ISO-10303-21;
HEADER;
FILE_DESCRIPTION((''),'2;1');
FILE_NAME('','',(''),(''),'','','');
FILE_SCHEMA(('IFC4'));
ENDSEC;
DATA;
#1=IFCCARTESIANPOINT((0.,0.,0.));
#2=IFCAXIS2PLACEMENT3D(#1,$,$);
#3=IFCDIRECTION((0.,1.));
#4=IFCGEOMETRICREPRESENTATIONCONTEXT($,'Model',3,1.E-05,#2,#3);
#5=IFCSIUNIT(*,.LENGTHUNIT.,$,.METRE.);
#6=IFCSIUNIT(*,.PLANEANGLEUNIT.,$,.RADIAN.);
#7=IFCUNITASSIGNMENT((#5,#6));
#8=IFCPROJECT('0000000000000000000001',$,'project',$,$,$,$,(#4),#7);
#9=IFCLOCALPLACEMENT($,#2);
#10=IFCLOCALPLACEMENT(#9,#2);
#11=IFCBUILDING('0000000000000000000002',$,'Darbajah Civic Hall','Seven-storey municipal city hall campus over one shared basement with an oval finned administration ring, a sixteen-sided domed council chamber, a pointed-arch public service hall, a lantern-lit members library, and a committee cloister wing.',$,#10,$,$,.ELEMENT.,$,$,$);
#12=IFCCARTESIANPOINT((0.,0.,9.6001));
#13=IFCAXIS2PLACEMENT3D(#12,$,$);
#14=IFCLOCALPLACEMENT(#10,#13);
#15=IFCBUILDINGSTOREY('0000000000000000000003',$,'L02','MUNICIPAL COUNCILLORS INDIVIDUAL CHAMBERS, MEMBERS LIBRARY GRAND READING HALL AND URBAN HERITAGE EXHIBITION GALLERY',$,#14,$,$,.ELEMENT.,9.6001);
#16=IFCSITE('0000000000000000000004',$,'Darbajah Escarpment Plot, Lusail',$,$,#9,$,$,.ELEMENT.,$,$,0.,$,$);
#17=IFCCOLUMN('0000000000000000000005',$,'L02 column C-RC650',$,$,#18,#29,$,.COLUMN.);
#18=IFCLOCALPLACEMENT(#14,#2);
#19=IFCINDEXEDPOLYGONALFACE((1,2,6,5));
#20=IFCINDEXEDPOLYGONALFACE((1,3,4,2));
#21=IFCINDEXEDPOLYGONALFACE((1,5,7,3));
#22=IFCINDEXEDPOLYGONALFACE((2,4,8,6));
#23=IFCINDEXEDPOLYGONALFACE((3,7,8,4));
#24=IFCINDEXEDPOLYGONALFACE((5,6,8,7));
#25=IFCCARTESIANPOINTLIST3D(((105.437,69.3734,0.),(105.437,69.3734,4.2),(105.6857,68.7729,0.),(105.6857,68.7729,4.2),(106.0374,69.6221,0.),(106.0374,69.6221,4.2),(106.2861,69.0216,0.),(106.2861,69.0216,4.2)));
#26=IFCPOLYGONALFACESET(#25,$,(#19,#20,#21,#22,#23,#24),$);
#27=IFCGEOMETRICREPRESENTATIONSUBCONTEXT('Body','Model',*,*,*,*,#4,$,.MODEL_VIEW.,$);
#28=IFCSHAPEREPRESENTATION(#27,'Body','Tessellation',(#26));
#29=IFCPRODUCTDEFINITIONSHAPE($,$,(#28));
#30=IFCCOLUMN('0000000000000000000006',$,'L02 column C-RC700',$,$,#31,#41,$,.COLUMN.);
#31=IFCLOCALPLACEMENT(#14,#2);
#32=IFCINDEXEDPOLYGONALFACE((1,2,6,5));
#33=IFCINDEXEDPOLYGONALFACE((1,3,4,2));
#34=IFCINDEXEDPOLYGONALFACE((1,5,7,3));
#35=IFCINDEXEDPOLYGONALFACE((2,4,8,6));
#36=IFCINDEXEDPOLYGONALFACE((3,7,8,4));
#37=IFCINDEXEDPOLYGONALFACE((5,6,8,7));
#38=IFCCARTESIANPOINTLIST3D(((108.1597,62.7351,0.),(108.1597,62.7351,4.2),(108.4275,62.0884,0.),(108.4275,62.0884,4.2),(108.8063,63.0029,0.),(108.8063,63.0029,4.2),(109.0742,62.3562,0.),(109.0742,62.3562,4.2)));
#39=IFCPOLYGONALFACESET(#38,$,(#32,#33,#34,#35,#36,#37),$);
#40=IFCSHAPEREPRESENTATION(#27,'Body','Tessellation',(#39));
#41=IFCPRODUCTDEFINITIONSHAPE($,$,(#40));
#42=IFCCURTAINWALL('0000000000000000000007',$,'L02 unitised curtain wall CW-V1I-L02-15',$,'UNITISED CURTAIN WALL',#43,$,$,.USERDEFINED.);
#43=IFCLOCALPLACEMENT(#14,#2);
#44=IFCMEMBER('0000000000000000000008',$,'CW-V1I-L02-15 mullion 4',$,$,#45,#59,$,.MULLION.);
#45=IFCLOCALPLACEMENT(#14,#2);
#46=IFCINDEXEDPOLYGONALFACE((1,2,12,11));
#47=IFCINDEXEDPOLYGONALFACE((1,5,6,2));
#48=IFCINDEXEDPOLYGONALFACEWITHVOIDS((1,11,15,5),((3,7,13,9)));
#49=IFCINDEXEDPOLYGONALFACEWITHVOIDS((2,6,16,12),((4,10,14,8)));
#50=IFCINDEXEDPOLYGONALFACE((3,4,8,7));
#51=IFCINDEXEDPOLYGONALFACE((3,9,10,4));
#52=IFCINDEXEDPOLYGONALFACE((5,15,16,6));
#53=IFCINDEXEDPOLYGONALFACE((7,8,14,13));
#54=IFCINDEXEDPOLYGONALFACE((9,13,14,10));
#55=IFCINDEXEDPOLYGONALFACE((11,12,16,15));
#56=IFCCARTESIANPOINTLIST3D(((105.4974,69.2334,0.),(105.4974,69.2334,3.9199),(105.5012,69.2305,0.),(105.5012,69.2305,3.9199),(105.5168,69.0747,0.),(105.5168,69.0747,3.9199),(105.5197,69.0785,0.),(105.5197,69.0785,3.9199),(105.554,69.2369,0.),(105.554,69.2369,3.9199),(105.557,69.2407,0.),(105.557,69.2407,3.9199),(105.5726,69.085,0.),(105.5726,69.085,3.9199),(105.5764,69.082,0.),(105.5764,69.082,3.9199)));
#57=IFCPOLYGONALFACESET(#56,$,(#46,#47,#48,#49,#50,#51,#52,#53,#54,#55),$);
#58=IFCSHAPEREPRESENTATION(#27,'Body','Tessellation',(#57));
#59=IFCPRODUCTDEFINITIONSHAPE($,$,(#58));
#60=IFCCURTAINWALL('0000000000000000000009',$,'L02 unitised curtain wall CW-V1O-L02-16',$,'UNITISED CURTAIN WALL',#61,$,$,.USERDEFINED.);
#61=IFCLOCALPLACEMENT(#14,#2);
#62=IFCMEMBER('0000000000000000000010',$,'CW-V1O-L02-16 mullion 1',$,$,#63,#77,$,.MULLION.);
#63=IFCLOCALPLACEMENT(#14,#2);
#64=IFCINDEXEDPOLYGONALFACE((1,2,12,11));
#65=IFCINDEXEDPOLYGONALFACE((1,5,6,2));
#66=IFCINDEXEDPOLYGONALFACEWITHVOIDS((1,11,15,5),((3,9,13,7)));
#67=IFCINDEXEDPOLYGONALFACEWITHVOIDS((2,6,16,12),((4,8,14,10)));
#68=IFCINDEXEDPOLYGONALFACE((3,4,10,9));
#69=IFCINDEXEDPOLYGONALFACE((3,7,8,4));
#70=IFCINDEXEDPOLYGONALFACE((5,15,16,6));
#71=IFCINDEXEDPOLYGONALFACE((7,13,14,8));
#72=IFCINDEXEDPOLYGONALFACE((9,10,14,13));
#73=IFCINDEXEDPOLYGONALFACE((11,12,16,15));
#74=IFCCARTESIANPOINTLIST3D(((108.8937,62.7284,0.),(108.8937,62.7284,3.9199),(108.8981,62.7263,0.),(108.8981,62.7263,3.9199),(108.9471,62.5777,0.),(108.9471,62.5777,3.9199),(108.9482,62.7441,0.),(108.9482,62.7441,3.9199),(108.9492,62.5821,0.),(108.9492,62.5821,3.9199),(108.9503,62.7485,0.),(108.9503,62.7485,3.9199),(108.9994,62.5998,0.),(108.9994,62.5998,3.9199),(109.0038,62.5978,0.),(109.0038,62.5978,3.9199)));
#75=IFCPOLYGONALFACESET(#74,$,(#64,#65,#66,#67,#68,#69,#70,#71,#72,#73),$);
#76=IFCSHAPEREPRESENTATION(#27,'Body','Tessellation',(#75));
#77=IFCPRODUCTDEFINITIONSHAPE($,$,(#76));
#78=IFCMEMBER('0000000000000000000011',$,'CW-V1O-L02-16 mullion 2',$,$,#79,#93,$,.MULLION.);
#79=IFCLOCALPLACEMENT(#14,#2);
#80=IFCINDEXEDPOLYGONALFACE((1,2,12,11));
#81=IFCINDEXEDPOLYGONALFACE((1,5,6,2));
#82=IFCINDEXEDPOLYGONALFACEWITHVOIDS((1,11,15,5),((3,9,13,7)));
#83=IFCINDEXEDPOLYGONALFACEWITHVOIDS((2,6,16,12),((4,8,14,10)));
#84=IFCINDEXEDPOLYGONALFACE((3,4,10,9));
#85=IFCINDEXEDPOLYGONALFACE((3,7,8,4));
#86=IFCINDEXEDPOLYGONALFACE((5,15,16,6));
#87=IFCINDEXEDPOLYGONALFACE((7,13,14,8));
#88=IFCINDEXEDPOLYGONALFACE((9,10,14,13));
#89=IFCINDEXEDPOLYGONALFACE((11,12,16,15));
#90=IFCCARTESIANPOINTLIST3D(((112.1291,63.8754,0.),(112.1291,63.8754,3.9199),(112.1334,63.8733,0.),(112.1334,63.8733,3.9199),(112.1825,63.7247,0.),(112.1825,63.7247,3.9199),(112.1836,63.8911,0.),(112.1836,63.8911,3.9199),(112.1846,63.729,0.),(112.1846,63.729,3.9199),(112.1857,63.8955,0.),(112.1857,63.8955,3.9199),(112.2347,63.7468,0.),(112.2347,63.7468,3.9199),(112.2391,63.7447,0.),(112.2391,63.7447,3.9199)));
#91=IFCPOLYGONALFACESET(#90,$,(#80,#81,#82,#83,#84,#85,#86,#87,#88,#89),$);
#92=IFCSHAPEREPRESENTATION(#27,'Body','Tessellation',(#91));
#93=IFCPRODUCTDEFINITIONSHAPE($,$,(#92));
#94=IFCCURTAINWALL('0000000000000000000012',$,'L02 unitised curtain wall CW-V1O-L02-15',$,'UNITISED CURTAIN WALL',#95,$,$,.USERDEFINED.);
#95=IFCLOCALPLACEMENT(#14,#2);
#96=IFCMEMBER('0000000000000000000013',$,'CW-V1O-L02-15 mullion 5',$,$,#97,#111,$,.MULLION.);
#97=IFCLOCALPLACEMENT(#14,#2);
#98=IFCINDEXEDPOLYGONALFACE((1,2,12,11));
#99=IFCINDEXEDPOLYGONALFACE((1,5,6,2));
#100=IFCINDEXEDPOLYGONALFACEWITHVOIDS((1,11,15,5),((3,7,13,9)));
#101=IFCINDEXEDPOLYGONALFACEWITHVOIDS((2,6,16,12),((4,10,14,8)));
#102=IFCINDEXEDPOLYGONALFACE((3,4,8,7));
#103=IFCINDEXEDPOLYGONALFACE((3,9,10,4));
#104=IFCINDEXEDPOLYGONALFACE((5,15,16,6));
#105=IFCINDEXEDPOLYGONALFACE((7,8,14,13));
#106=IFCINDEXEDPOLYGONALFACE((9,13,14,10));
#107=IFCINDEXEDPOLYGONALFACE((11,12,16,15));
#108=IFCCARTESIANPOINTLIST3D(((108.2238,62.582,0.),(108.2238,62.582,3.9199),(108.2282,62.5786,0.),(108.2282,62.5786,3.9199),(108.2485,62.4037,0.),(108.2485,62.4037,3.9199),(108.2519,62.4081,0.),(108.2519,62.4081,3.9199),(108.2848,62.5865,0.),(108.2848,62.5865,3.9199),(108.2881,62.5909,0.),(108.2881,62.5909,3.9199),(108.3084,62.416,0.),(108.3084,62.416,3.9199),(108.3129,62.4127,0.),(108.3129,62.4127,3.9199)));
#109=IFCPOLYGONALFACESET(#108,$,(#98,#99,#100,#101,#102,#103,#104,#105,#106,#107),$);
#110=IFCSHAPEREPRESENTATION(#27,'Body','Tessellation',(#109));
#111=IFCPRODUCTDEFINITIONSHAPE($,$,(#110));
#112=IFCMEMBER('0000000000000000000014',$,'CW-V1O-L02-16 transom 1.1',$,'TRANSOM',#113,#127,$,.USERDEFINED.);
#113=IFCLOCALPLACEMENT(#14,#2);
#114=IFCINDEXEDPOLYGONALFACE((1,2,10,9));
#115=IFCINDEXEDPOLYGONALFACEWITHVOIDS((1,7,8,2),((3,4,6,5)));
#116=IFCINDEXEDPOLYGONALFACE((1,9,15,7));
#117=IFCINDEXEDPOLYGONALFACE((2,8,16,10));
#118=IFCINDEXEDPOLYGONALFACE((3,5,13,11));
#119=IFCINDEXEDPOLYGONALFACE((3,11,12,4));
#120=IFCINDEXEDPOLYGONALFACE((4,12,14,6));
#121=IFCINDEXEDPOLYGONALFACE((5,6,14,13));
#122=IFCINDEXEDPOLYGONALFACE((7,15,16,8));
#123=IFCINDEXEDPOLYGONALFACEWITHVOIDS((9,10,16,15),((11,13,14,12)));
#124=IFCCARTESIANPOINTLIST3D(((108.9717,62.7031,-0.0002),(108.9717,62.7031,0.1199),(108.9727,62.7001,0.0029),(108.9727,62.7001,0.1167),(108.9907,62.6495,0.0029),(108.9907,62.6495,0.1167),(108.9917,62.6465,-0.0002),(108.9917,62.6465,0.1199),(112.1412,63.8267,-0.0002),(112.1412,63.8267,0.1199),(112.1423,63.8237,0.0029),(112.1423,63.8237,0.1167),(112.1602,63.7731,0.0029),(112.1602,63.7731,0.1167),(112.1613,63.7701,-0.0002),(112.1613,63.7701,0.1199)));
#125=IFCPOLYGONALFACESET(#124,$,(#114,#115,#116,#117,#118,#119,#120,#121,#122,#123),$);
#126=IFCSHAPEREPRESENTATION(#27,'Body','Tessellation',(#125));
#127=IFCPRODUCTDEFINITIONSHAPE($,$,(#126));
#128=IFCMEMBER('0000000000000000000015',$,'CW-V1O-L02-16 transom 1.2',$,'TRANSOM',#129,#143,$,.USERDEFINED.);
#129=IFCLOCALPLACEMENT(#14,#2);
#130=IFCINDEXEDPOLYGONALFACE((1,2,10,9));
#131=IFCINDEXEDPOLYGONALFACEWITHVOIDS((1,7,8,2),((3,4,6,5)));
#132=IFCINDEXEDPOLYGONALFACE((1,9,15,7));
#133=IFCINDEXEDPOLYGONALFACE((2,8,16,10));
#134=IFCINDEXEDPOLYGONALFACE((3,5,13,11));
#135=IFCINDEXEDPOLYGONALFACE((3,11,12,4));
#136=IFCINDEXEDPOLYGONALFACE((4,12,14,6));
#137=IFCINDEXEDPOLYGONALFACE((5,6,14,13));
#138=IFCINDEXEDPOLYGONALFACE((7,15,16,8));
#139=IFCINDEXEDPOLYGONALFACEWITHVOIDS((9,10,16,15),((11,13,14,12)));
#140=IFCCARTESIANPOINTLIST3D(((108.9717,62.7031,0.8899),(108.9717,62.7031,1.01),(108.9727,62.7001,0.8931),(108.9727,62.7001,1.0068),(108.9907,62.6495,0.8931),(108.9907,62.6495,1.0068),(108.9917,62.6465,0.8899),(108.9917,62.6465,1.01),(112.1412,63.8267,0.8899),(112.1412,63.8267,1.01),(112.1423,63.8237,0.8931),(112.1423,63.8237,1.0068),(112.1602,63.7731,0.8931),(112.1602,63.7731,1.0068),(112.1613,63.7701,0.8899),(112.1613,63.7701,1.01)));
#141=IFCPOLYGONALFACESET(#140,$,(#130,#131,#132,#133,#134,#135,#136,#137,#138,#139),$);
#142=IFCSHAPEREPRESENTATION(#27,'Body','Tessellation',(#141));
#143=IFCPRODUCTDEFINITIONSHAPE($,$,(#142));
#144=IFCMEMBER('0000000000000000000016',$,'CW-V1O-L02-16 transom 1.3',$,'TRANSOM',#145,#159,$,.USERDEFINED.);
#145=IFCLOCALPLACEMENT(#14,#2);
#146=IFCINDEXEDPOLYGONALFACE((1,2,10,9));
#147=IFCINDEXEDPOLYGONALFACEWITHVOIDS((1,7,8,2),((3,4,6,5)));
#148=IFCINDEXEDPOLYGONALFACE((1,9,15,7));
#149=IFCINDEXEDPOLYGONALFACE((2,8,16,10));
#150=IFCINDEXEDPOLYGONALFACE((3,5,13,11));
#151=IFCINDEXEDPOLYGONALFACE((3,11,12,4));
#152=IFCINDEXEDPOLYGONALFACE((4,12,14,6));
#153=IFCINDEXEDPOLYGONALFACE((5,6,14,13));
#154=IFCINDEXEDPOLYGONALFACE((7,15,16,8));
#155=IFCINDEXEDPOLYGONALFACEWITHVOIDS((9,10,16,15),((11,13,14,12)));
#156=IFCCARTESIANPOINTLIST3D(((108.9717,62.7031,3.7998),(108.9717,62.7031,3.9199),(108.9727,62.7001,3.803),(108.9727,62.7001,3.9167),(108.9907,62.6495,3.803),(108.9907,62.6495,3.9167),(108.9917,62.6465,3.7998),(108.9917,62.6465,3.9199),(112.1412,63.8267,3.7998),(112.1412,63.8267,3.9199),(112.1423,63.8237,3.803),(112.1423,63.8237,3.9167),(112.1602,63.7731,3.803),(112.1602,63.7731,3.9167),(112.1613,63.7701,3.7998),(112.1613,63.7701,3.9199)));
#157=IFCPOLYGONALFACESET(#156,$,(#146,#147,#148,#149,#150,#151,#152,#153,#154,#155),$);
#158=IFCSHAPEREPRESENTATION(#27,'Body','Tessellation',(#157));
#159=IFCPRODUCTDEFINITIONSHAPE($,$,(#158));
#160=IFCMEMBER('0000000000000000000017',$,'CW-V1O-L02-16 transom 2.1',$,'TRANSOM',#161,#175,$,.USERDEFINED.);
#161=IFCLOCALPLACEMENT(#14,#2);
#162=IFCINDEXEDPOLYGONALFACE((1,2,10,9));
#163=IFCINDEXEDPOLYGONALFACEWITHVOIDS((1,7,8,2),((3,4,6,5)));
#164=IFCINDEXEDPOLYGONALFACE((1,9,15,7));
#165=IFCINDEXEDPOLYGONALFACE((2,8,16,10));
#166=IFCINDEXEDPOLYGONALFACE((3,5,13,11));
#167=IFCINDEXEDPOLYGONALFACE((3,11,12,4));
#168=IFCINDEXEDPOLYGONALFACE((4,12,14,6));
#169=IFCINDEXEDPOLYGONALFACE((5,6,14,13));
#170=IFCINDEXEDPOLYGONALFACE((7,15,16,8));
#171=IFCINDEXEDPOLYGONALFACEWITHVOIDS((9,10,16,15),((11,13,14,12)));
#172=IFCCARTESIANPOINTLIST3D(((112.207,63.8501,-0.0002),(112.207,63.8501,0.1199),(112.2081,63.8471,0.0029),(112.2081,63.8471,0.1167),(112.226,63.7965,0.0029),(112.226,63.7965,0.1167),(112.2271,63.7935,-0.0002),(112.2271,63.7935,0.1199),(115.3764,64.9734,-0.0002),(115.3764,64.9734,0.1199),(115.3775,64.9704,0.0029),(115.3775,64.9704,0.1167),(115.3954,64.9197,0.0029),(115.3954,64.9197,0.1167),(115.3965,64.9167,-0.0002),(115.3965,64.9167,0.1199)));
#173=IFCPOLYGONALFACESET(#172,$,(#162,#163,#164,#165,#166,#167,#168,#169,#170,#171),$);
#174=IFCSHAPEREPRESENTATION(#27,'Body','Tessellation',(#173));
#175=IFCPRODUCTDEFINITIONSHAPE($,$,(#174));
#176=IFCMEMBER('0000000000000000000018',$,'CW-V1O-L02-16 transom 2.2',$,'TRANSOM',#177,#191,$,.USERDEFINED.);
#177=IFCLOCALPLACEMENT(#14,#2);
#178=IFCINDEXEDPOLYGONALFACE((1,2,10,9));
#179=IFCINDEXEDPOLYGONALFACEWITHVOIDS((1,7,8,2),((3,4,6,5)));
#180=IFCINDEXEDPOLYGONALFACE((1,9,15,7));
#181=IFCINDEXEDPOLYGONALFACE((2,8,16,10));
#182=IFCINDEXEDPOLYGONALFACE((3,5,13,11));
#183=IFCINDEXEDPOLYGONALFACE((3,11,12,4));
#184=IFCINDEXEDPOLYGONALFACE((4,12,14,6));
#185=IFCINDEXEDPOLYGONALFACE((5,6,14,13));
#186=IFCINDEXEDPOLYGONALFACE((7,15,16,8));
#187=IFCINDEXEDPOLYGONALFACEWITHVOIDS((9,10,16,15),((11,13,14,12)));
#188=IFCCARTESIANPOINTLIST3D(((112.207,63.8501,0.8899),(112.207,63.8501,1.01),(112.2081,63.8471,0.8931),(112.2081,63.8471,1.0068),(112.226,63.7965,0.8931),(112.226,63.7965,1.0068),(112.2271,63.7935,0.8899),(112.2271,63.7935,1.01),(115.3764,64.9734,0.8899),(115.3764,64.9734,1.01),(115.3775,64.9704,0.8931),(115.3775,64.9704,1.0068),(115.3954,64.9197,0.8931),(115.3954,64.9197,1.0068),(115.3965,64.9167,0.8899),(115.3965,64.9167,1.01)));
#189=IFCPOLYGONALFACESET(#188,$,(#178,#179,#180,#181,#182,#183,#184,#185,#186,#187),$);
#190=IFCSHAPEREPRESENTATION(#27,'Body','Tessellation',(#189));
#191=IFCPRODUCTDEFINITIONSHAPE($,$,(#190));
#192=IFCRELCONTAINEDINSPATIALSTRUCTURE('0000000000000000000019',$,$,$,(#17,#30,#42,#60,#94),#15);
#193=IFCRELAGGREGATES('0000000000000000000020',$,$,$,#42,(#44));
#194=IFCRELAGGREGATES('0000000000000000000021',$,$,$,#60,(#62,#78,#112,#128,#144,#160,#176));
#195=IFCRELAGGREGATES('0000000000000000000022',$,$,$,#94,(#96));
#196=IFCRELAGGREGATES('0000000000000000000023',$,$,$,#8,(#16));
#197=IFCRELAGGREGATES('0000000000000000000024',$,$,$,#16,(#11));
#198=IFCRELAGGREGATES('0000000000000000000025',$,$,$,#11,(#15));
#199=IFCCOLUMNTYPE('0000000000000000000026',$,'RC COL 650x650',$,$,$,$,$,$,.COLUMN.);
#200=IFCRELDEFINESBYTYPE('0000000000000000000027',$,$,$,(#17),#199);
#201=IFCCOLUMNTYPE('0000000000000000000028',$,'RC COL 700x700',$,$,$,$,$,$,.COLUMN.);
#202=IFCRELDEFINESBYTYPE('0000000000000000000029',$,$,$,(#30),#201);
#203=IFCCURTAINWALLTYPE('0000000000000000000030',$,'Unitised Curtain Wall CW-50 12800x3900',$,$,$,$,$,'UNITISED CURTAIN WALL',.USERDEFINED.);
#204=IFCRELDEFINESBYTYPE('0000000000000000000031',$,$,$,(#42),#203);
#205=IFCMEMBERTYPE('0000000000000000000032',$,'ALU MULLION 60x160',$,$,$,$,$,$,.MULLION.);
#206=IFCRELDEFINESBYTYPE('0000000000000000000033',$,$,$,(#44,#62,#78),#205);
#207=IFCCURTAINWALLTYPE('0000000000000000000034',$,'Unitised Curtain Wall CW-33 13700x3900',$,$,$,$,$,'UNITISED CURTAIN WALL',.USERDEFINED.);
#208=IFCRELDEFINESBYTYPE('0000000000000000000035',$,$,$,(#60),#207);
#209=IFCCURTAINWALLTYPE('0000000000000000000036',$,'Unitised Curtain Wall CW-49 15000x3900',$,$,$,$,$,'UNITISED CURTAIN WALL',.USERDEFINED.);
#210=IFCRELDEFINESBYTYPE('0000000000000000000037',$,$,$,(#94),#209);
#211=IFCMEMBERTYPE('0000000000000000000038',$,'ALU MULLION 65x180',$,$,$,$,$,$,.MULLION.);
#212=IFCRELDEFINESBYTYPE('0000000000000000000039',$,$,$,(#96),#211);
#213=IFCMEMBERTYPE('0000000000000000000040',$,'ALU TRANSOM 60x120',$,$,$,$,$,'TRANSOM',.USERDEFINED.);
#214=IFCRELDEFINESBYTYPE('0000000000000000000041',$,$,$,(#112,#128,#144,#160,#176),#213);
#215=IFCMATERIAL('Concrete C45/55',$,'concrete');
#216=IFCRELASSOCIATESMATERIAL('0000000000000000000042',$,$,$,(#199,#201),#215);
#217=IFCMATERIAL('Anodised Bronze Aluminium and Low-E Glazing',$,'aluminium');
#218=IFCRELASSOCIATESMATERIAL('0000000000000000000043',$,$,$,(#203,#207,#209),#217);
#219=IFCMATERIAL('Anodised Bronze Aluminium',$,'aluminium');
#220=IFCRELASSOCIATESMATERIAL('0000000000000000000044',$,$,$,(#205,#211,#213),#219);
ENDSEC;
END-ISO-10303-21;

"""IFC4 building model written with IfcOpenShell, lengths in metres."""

from ifc_helpers import new_model, si_unit, direction, frame, origin, origin_2d, place, context, subcontext, project, spatial, rectangle, hollow_rectangle, extrude, material, material_profile, profile_set, type_object, element, aggregate, save


model = new_model("IFC4")

# Units and contexts
model_context = context("Model", 3, precision=1e-05, world=origin(), true_north=direction((0.0, 1.0)))
body_context = subcontext(model_context, "Body", "Model", "MODEL_VIEW")
ifc_project = project(units=[si_unit("LENGTHUNIT", "METRE"), si_unit("PLANEANGLEUNIT", "RADIAN")], contexts=[model_context])

# Site, building, storey
site_placement = place(None, origin())
site = spatial("IfcSite", under=ifc_project, at=site_placement, Name="Darbajah Escarpment Plot, Lusail", CompositionType="ELEMENT", RefElevation=0.0)
building_placement = place(site_placement, origin())
building = spatial("IfcBuilding", under=site, at=building_placement, Name="Darbajah Civic Hall", Description="Seven-storey municipal city hall campus over one shared basement with an oval finned administration ring, a sixteen-sided domed council chamber, a pointed-arch public service hall, a lantern-lit members library, and a committee cloister wing.", CompositionType="ELEMENT")
storey_placement = place(building_placement, frame((0.0, 0.0, 9.6001)))
storey = spatial("IfcBuildingStorey", under=building, at=storey_placement, Name="L02", Description="MUNICIPAL COUNCILLORS INDIVIDUAL CHAMBERS, MEMBERS LIBRARY GRAND READING HALL AND URBAN HERITAGE EXHIBITION GALLERY", CompositionType="ELEMENT", Elevation=9.6001)

# Columns
ifc_material_1 = material(Name="Concrete C45/55", Category="concrete")
ifc_material_profile_1 = material_profile(ifc_material_1, rectangle(XDim=0.6499, YDim=0.6499, at=origin_2d()), Name="RC COL 650x650")
ifc_profile_set_1 = profile_set([ifc_material_profile_1], Name="Concrete C45/55")
column_type_1 = type_object("IfcColumnType", Name="RC COL 650x650", PredefinedType="COLUMN", material=ifc_profile_set_1)
column_1_placement = place(storey_placement, frame((105.8616, 69.1975, 0.0), z_axis=(0.0, 0.0, 1.0), x_axis=(0.382683, -0.92388, 0.0)))
element("IfcColumn", 1, at=column_1_placement, inside=storey, type_object=column_type_1, Name="L02 column C-RC650", PredefinedType="COLUMN", context=body_context, shape_type="SweptSolid", body=[
    extrude(rectangle(XDim=0.6499, YDim=0.6499, at=origin_2d()), origin(), (0.0, 0.0, 1.0), 4.2),
])
ifc_material_profile_2 = material_profile(ifc_material_1, rectangle(XDim=0.7, YDim=0.7, at=origin_2d()), Name="RC COL 700x700")
ifc_profile_set_2 = profile_set([ifc_material_profile_2], Name="Concrete C45/55")
column_type_2 = type_object("IfcColumnType", Name="RC COL 700x700", PredefinedType="COLUMN", material=ifc_profile_set_2)
column_2_placement = place(storey_placement, frame((108.6169, 62.5457, 0.0), z_axis=(0.0, 0.0, 1.0), x_axis=(0.382683, -0.92388, 0.0)))
element("IfcColumn", 2, at=column_2_placement, inside=storey, type_object=column_type_2, Name="L02 column C-RC700", PredefinedType="COLUMN", context=body_context, shape_type="SweptSolid", body=[
    extrude(rectangle(XDim=0.7, YDim=0.7, at=origin_2d()), origin(), (0.0, 0.0, 1.0), 4.2),
])

# Curtain wall, member
ifc_material_2 = material(Name="Anodised Bronze Aluminium and Low-E Glazing", Category="aluminium")
curtain_wall_type_1 = type_object("IfcCurtainWallType", Name="Unitised Curtain Wall CW-50 12800x3900", ElementType="UNITISED CURTAIN WALL", PredefinedType="USERDEFINED", material=ifc_material_2)
curtain_wall_1_placement = place(storey_placement, origin())
curtain_wall_1 = element("IfcCurtainWall", 3, at=curtain_wall_1_placement, inside=storey, type_object=curtain_wall_type_1, Name="L02 unitised curtain wall CW-V1I-L02-15", ObjectType="UNITISED CURTAIN WALL", PredefinedType="USERDEFINED")
ifc_material_3 = material(Name="Anodised Bronze Aluminium", Category="aluminium")
ifc_material_profile_3 = material_profile(ifc_material_3, hollow_rectangle(XDim=0.0601, YDim=0.1599, WallThickness=0.0034, at=origin_2d()), Name="ALU MULLION 60x160")
ifc_profile_set_3 = profile_set([ifc_material_profile_3], Name="Anodised Bronze Aluminium")
member_type_1 = type_object("IfcMemberType", Name="ALU MULLION 60x160", PredefinedType="MULLION", material=ifc_profile_set_3)
member_1_placement = place(storey_placement, frame((105.5369, 69.1577, 0.0), z_axis=(0.0, 0.0, 1.0), x_axis=(0.99261, 0.12135, 0.0)))
member_1 = element("IfcMember", 4, at=member_1_placement, type_object=member_type_1, Name="CW-V1I-L02-15 mullion 4", PredefinedType="MULLION", context=body_context, shape_type="SweptSolid", body=[
    extrude(hollow_rectangle(XDim=0.0601, YDim=0.1599, WallThickness=0.0034, at=origin_2d()), origin(), (0.0, 0.0, 1.0), 3.9199),
])
aggregate(curtain_wall_1, [member_1])

# Curtain wall, members
curtain_wall_type_2 = type_object("IfcCurtainWallType", Name="Unitised Curtain Wall CW-33 13700x3900", ElementType="UNITISED CURTAIN WALL", PredefinedType="USERDEFINED", material=ifc_material_2)
curtain_wall_2_placement = place(storey_placement, origin())
curtain_wall_2 = element("IfcCurtainWall", 5, at=curtain_wall_2_placement, inside=storey, type_object=curtain_wall_type_2, Name="L02 unitised curtain wall CW-V1O-L02-16", ObjectType="UNITISED CURTAIN WALL", PredefinedType="USERDEFINED")
member_2_placement = place(storey_placement, frame((108.9487, 62.6631, 0.0), z_axis=(0.0, 0.0, 1.0), x_axis=(0.942525, 0.334136, 0.0)))
member_2 = element("IfcMember", 6, at=member_2_placement, type_object=member_type_1, Name="CW-V1O-L02-16 mullion 1", PredefinedType="MULLION", context=body_context, shape_type="SweptSolid", body=[
    extrude(hollow_rectangle(XDim=0.0601, YDim=0.1599, WallThickness=0.0034, at=origin_2d()), origin(), (0.0, 0.0, 1.0), 3.9199),
])
member_3_placement = place(storey_placement, frame((112.1841, 63.8101, 0.0), z_axis=(0.0, 0.0, 1.0), x_axis=(0.942525, 0.334136, 0.0)))
member_3 = element("IfcMember", 7, at=member_3_placement, type_object=member_type_1, Name="CW-V1O-L02-16 mullion 2", PredefinedType="MULLION", context=body_context, shape_type="SweptSolid", body=[
    extrude(hollow_rectangle(XDim=0.0601, YDim=0.1599, WallThickness=0.0034, at=origin_2d()), origin(), (0.0, 0.0, 1.0), 3.9199),
])

# Curtain wall, member
curtain_wall_type_3 = type_object("IfcCurtainWallType", Name="Unitised Curtain Wall CW-49 15000x3900", ElementType="UNITISED CURTAIN WALL", PredefinedType="USERDEFINED", material=ifc_material_2)
curtain_wall_3_placement = place(storey_placement, origin())
curtain_wall_3 = element("IfcCurtainWall", 8, at=curtain_wall_3_placement, inside=storey, type_object=curtain_wall_type_3, Name="L02 unitised curtain wall CW-V1O-L02-15", ObjectType="UNITISED CURTAIN WALL", PredefinedType="USERDEFINED")
ifc_material_profile_4 = material_profile(ifc_material_3, hollow_rectangle(XDim=0.0649, YDim=0.1799, WallThickness=0.0039, at=origin_2d()), Name="ALU MULLION 65x180")
ifc_profile_set_4 = profile_set([ifc_material_profile_4], Name="Anodised Bronze Aluminium")
member_type_2 = type_object("IfcMemberType", Name="ALU MULLION 65x180", PredefinedType="MULLION", material=ifc_profile_set_4)
member_4_placement = place(storey_placement, frame((108.2683, 62.4973, 0.0), z_axis=(0.0, 0.0, 1.0), x_axis=(0.990485, 0.137617, 0.0)))
member_4 = element("IfcMember", 9, at=member_4_placement, type_object=member_type_2, Name="CW-V1O-L02-15 mullion 5", PredefinedType="MULLION", context=body_context, shape_type="SweptSolid", body=[
    extrude(hollow_rectangle(XDim=0.0649, YDim=0.1799, WallThickness=0.0039, at=origin_2d()), origin(), (0.0, 0.0, 1.0), 3.9199),
])

# Members
ifc_material_profile_5 = material_profile(ifc_material_3, hollow_rectangle(XDim=0.0601, YDim=0.1201, WallThickness=0.0032, at=origin_2d()), Name="ALU TRANSOM 60x120")
ifc_profile_set_5 = profile_set([ifc_material_profile_5], Name="Anodised Bronze Aluminium")
member_type_3 = type_object("IfcMemberType", Name="ALU TRANSOM 60x120", ElementType="TRANSOM", PredefinedType="USERDEFINED", material=ifc_profile_set_5)
member_5_placement = place(storey_placement, frame((108.9817, 62.6748, 0.0598), z_axis=(0.942531, 0.334119, 0.0), x_axis=(-0.334119, 0.942531, 0.0)))
member_5 = element("IfcMember", 10, at=member_5_placement, type_object=member_type_3, Name="CW-V1O-L02-16 transom 1.1", ObjectType="TRANSOM", PredefinedType="USERDEFINED", context=body_context, shape_type="SweptSolid", body=[
    extrude(hollow_rectangle(XDim=0.0601, YDim=0.1201, WallThickness=0.0032, at=origin_2d()), origin(), (0.0, 0.0, 1.0), 3.3628),
])
member_6_placement = place(storey_placement, frame((108.9817, 62.6748, 0.95), z_axis=(0.942531, 0.334119, 0.0), x_axis=(-0.334119, 0.942531, 0.0)))
member_6 = element("IfcMember", 11, at=member_6_placement, type_object=member_type_3, Name="CW-V1O-L02-16 transom 1.2", ObjectType="TRANSOM", PredefinedType="USERDEFINED", context=body_context, shape_type="SweptSolid", body=[
    extrude(hollow_rectangle(XDim=0.0601, YDim=0.1201, WallThickness=0.0032, at=origin_2d()), origin(), (0.0, 0.0, 1.0), 3.3628),
])
member_7_placement = place(storey_placement, frame((108.9817, 62.6748, 3.8599), z_axis=(0.942531, 0.334119, 0.0), x_axis=(-0.334119, 0.942531, 0.0)))
member_7 = element("IfcMember", 12, at=member_7_placement, type_object=member_type_3, Name="CW-V1O-L02-16 transom 1.3", ObjectType="TRANSOM", PredefinedType="USERDEFINED", context=body_context, shape_type="SweptSolid", body=[
    extrude(hollow_rectangle(XDim=0.0601, YDim=0.1201, WallThickness=0.0032, at=origin_2d()), origin(), (0.0, 0.0, 1.0), 3.3628),
])
member_8_placement = place(storey_placement, frame((112.217, 63.8218, 0.0598), z_axis=(0.942554, 0.334054, 0.0), x_axis=(-0.334054, 0.942554, 0.0)))
member_8 = element("IfcMember", 13, at=member_8_placement, type_object=member_type_3, Name="CW-V1O-L02-16 transom 2.1", ObjectType="TRANSOM", PredefinedType="USERDEFINED", context=body_context, shape_type="SweptSolid", body=[
    extrude(hollow_rectangle(XDim=0.0601, YDim=0.1201, WallThickness=0.0032, at=origin_2d()), origin(), (0.0, 0.0, 1.0), 3.3625),
])
member_9_placement = place(storey_placement, frame((112.217, 63.8218, 0.95), z_axis=(0.942554, 0.334054, 0.0), x_axis=(-0.334054, 0.942554, 0.0)))
member_9 = element("IfcMember", 14, at=member_9_placement, type_object=member_type_3, Name="CW-V1O-L02-16 transom 2.2", ObjectType="TRANSOM", PredefinedType="USERDEFINED", context=body_context, shape_type="SweptSolid", body=[
    extrude(hollow_rectangle(XDim=0.0601, YDim=0.1201, WallThickness=0.0032, at=origin_2d()), origin(), (0.0, 0.0, 1.0), 3.3625),
])

aggregate(curtain_wall_2, [member_2, member_3, member_5, member_6, member_7, member_8, member_9])
aggregate(curtain_wall_3, [member_4])

save(model, "model.ifc")
